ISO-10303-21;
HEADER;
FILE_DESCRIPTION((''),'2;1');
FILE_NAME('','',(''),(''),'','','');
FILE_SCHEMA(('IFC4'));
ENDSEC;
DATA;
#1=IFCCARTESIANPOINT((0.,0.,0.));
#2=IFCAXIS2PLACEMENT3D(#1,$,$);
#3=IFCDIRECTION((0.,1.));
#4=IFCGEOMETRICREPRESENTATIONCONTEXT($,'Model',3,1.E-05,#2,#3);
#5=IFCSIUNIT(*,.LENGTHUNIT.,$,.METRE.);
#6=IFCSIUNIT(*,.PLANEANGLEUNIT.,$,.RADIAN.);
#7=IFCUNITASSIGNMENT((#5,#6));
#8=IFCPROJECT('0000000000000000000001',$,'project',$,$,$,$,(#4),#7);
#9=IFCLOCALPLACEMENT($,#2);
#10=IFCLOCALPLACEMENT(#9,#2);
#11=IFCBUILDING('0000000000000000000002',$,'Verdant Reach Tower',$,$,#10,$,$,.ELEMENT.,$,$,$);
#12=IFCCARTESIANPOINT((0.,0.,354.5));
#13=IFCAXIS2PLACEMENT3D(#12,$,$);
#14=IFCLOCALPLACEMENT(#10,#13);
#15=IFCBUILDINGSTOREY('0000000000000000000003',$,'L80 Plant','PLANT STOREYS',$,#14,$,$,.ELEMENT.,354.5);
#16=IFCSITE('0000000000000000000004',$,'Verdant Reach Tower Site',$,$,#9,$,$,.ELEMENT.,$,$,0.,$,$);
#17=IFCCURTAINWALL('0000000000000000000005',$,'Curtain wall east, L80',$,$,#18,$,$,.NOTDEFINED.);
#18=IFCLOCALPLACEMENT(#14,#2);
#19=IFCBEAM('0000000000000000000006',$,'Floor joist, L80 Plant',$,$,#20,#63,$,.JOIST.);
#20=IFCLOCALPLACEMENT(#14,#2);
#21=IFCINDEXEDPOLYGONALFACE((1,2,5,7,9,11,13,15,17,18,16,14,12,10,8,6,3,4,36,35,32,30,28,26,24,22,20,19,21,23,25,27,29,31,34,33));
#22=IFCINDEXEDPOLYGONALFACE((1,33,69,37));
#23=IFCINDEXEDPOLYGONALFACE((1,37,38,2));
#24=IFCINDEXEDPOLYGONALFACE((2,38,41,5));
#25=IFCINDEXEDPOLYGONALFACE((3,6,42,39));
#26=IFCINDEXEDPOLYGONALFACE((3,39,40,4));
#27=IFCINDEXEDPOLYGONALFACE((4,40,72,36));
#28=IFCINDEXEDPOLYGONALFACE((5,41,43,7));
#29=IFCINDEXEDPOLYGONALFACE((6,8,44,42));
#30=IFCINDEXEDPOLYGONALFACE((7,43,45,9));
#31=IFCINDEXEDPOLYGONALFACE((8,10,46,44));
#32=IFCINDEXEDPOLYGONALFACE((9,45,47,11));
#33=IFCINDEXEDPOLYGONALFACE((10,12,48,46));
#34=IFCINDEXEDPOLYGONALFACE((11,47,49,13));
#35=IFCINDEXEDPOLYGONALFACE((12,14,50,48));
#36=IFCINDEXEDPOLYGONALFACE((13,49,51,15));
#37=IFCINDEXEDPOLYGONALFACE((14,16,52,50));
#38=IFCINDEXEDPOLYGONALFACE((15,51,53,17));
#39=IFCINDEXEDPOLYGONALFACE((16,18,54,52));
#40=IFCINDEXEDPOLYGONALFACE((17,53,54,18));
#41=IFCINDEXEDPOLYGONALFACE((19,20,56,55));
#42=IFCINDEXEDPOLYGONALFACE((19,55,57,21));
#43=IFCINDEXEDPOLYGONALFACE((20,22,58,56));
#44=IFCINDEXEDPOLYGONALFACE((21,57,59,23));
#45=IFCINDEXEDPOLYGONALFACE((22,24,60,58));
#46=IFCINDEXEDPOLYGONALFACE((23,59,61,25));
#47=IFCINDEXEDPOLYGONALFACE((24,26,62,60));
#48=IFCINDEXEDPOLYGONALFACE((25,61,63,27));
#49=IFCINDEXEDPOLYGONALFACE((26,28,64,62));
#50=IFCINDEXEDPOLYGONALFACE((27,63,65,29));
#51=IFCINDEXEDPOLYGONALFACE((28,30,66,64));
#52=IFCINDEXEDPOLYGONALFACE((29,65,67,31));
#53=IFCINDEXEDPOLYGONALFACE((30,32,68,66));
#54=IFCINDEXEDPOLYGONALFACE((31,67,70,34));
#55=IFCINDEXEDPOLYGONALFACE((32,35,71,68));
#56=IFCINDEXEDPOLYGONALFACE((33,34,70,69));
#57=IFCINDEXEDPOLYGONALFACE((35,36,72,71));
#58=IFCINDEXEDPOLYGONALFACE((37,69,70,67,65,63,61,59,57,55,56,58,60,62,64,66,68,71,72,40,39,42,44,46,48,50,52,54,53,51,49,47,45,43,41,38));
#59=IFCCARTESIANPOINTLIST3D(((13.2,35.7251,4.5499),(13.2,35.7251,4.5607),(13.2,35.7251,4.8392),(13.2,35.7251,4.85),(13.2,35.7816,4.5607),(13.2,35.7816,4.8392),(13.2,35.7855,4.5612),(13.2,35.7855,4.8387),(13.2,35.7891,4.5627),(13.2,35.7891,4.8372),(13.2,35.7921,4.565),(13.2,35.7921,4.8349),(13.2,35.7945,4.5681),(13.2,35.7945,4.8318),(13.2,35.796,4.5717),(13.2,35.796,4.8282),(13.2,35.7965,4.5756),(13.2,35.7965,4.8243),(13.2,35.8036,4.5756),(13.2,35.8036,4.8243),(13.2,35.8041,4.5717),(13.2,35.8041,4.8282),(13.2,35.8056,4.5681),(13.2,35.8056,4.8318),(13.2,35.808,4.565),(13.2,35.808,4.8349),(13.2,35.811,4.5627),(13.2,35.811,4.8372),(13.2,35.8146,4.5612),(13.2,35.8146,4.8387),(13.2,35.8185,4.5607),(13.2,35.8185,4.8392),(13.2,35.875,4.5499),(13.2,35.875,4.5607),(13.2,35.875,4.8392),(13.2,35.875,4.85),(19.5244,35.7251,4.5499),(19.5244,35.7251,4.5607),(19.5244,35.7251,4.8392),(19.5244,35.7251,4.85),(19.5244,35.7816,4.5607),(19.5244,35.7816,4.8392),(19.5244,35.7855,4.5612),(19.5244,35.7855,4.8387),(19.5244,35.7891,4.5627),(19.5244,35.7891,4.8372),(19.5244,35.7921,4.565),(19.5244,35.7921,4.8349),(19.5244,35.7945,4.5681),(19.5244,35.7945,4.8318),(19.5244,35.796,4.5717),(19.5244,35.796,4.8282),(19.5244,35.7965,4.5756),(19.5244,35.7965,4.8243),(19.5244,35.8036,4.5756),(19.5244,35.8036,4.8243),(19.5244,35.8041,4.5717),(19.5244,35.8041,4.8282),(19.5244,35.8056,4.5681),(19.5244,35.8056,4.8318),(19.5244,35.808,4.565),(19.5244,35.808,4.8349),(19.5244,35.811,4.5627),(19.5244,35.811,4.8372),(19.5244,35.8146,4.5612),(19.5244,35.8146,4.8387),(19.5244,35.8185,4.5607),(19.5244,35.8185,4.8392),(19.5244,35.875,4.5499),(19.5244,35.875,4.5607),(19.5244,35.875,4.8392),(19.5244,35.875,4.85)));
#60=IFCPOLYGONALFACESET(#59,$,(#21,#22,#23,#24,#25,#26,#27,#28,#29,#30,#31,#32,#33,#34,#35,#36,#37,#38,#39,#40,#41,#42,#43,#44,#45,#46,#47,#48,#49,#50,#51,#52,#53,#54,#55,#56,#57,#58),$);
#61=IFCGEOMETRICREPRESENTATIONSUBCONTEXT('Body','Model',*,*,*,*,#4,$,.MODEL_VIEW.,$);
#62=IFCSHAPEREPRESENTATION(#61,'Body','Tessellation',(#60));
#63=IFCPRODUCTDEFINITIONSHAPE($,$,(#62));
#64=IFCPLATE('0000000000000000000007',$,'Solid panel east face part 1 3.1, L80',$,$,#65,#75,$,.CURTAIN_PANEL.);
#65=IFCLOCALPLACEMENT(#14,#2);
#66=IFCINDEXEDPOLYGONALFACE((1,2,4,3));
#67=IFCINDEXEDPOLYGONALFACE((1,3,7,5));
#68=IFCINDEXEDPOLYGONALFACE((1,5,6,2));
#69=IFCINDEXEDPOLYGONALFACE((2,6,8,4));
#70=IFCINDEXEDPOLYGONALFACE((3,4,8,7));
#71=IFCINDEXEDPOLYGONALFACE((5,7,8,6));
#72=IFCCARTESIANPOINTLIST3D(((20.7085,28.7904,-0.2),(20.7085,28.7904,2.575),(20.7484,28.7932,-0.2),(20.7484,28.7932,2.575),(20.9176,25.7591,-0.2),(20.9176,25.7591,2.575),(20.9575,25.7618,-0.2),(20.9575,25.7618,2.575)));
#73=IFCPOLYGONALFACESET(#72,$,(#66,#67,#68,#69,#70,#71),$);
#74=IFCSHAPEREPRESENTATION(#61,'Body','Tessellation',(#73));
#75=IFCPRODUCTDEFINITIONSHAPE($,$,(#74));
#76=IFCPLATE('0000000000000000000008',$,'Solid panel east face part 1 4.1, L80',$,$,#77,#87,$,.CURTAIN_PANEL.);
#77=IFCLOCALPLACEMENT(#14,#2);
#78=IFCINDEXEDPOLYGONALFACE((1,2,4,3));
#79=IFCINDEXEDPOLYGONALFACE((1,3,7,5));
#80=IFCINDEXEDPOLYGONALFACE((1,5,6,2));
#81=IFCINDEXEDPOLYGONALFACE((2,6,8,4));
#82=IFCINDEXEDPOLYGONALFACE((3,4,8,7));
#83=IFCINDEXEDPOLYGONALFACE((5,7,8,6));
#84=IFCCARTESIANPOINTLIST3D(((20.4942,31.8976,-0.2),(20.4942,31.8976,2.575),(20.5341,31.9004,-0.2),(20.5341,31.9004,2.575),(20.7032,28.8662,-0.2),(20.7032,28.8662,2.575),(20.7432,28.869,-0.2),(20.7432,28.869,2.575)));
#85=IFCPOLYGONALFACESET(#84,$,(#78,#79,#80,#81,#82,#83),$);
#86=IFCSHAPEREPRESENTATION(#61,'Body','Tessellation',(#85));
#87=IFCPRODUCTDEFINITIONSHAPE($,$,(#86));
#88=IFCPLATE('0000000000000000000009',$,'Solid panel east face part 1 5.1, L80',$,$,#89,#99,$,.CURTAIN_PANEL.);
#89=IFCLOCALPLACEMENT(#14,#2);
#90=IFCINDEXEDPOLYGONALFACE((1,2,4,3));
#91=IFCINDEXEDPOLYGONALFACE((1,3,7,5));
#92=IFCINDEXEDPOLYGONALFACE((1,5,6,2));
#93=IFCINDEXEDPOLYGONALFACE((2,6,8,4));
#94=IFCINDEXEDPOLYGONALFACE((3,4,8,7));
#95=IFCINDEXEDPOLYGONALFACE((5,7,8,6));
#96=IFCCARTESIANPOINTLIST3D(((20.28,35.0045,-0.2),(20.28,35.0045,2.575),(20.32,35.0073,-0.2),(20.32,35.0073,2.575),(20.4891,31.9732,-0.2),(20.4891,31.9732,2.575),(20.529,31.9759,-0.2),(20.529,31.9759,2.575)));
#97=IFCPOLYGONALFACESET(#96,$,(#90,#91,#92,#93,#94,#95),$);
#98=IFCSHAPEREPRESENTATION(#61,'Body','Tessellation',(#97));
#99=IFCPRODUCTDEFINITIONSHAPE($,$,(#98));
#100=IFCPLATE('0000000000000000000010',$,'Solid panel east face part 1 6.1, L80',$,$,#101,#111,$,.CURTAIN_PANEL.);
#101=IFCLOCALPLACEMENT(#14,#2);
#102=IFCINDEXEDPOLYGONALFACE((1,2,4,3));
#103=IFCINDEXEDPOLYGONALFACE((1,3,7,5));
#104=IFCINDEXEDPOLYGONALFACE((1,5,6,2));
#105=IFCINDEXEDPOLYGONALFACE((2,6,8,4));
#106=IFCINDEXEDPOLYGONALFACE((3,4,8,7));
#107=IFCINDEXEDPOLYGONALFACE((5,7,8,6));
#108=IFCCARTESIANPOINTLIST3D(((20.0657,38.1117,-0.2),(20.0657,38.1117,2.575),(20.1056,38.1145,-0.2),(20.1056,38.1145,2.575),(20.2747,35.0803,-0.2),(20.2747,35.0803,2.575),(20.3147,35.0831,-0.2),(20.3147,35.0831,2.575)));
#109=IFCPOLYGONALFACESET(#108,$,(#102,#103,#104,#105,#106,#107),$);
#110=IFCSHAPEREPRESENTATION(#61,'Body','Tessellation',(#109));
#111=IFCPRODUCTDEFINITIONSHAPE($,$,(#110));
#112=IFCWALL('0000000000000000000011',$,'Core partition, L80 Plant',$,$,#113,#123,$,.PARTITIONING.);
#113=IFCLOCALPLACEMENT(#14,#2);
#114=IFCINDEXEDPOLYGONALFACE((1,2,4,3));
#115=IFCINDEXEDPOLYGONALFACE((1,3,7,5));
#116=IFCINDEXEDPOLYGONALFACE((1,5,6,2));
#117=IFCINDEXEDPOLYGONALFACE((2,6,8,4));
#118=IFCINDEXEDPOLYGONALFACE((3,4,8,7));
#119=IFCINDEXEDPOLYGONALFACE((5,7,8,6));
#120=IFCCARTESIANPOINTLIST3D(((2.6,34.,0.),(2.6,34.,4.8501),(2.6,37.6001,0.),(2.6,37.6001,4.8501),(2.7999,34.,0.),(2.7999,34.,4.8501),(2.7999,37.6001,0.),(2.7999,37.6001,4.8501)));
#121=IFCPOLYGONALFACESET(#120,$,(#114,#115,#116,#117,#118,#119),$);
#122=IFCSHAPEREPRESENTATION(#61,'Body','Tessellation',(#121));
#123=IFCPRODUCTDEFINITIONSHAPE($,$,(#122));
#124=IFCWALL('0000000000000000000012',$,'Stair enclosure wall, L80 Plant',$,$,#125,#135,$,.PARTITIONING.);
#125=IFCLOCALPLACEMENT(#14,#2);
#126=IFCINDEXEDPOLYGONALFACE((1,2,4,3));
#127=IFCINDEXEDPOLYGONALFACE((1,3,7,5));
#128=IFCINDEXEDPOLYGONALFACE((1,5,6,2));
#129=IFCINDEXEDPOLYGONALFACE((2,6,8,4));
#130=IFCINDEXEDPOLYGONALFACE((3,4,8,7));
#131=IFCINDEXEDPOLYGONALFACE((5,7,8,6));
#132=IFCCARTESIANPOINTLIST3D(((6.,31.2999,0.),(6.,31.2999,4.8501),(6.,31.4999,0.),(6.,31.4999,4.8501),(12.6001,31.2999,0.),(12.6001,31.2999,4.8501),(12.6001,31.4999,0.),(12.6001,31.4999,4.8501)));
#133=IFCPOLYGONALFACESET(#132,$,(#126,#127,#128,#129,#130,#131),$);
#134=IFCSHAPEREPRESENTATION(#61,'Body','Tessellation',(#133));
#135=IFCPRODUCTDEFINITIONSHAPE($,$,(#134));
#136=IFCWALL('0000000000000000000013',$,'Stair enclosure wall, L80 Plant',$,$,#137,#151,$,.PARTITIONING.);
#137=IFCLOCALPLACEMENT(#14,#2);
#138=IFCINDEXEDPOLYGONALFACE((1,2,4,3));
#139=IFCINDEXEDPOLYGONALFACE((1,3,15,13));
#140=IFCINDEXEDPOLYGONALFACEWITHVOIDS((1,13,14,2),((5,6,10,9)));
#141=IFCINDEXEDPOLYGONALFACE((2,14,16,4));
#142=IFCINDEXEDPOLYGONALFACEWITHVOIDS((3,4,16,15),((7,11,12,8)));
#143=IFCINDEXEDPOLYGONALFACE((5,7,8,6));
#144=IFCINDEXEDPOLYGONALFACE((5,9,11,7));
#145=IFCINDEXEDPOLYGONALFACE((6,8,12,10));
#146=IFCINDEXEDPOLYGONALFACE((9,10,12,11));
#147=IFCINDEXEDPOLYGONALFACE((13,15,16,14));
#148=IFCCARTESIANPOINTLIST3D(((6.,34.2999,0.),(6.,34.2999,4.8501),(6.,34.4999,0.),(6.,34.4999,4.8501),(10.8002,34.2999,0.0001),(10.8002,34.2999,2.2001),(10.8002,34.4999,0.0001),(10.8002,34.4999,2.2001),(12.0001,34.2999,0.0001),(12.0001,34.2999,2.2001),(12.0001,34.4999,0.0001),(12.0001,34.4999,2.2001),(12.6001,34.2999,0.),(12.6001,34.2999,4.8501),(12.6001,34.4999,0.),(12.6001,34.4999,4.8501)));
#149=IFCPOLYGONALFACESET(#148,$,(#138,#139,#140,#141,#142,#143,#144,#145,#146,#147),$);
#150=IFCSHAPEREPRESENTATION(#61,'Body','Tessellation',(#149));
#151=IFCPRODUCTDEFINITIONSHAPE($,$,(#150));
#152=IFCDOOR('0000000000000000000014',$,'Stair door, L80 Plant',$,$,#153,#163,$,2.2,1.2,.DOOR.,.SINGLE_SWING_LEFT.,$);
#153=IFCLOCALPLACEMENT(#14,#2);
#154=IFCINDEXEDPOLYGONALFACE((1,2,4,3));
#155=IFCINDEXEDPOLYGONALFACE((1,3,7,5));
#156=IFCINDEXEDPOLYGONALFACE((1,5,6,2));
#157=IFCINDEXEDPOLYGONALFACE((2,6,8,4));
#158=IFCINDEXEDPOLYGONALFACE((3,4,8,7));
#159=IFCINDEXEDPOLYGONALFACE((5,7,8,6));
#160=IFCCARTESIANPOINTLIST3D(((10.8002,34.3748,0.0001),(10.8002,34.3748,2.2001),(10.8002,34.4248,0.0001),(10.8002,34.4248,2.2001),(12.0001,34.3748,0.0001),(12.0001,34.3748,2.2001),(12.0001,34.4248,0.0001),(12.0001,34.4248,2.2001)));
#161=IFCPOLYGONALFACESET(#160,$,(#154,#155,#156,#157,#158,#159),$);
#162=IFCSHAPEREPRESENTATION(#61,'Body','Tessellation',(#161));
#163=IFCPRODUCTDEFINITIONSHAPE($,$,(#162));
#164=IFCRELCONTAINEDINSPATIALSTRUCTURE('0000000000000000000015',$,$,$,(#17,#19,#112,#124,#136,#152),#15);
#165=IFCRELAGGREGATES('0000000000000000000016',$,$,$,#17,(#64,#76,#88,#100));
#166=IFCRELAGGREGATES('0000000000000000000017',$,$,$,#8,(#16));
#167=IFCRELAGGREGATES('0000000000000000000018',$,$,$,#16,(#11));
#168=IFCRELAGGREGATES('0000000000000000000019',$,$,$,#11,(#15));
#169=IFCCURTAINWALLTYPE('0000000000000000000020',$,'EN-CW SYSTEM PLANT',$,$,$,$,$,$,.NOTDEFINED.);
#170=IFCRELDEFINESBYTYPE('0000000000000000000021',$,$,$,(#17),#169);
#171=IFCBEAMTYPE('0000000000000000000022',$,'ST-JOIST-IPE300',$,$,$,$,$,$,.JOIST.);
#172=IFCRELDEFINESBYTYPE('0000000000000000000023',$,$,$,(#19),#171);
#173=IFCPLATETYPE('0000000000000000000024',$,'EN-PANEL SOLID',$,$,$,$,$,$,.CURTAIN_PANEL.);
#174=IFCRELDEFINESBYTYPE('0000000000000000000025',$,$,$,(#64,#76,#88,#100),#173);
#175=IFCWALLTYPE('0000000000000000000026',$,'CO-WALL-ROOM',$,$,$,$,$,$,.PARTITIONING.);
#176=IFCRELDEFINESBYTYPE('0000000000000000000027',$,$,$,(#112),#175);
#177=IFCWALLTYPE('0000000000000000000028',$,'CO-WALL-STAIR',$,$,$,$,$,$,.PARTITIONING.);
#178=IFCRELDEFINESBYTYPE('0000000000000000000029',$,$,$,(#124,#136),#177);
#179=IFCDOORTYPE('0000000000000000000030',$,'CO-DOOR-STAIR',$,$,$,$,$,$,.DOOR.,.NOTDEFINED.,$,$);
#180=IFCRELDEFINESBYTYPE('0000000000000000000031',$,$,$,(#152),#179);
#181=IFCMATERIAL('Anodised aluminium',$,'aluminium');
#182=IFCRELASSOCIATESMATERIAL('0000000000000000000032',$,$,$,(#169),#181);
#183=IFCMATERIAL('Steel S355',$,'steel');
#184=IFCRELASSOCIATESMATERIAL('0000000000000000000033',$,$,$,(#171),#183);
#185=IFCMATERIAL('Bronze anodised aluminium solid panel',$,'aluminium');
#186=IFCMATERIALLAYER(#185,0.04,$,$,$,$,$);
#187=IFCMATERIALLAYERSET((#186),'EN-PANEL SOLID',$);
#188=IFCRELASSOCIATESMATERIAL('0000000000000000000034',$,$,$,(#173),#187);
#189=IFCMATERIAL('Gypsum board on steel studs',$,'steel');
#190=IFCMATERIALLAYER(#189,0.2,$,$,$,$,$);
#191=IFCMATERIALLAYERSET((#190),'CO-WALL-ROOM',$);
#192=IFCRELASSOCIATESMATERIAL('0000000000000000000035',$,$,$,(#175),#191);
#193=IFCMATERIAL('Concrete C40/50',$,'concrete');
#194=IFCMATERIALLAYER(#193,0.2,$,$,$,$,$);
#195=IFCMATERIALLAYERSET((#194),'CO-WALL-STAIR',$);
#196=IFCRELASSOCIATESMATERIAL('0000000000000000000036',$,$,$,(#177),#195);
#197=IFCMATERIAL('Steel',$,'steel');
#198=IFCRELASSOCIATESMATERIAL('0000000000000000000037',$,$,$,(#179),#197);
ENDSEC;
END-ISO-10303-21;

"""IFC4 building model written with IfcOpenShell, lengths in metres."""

from ifc_helpers import new_model, si_unit, direction, frame, frame_2d, origin, origin_2d, place, context, subcontext, project, spatial, rectangle, i_section, extrude, material, layer, layer_set, material_profile, profile_set, type_object, element, fill, aggregate, save


model = new_model("IFC4")

# Units and contexts
model_context = context("Model", 3, precision=1e-05, world=origin(), true_north=direction((0.0, 1.0)))
body_context = subcontext(model_context, "Body", "Model", "MODEL_VIEW")
ifc_project = project(units=[si_unit("LENGTHUNIT", "METRE"), si_unit("PLANEANGLEUNIT", "RADIAN")], contexts=[model_context])

# Site, building, storey
site_placement = place(None, origin())
site = spatial("IfcSite", under=ifc_project, at=site_placement, Name="Verdant Reach Tower Site", CompositionType="ELEMENT", RefElevation=0.0)
building_placement = place(site_placement, origin())
building = spatial("IfcBuilding", under=site, at=building_placement, Name="Verdant Reach Tower", CompositionType="ELEMENT")
storey_placement = place(building_placement, frame((0.0, 0.0, 354.5)))
storey = spatial("IfcBuildingStorey", under=building, at=storey_placement, Name="L80 Plant", Description="PLANT STOREYS", CompositionType="ELEMENT", Elevation=354.5)

# Curtain wall
ifc_material_1 = material(Name="Anodised aluminium", Category="aluminium")
curtain_wall_type = type_object("IfcCurtainWallType", Name="EN-CW SYSTEM PLANT", PredefinedType="NOTDEFINED", material=ifc_material_1)
curtain_wall_placement = place(storey_placement, origin())
curtain_wall = element("IfcCurtainWall", 1, at=curtain_wall_placement, inside=storey, type_object=curtain_wall_type, Name="Curtain wall east, L80", PredefinedType="NOTDEFINED")

# Beam
ifc_material_2 = material(Name="Steel S355", Category="steel")
ifc_material_profile_1 = material_profile(ifc_material_2, i_section(OverallWidth=0.1499, OverallDepth=0.3, WebThickness=0.0071, FlangeThickness=0.0107, FilletRadius=0.0149, at=origin_2d()), Name="IPE 300")
ifc_profile_set_1 = profile_set([ifc_material_profile_1], Name="Steel S355")
beam_type = type_object("IfcBeamType", Name="ST-JOIST-IPE300", PredefinedType="JOIST", material=ifc_profile_set_1)
beam_1_placement = place(storey_placement, frame((13.2, 35.8, 4.7), z_axis=(1.0, 0.0, 0.0), x_axis=(0.0, 1.0, 0.0)))
element("IfcBeam", 2, at=beam_1_placement, inside=storey, type_object=beam_type, Name="Floor joist, L80 Plant", PredefinedType="JOIST", context=body_context, shape_type="SweptSolid", body=[
    extrude(i_section(OverallWidth=0.1499, OverallDepth=0.3, WebThickness=0.0071, FlangeThickness=0.0107, FilletRadius=0.0149, at=origin_2d()), origin(), (0.0, 0.0, 1.0), 6.3245),
])

# Plates
ifc_material_3 = material(Name="Bronze anodised aluminium solid panel", Category="aluminium")
ifc_layer_1 = layer(ifc_material_3, 0.04)
ifc_layer_set_1 = layer_set([ifc_layer_1], Name="EN-PANEL SOLID")
plate_type = type_object("IfcPlateType", Name="EN-PANEL SOLID", PredefinedType="CURTAIN_PANEL", material=ifc_layer_set_1)
plate_1_placement = place(storey_placement, frame((20.833, 27.2761, -0.2), z_axis=(0.0, 0.0, 1.0), x_axis=(-0.068802, 0.99763, 0.0)))
plate_1 = element("IfcPlate", 3, at=plate_1_placement, type_object=plate_type, Name="Solid panel east face part 1 3.1, L80", PredefinedType="CURTAIN_PANEL", context=body_context, shape_type="SweptSolid", body=[
    extrude(rectangle(XDim=3.0386, YDim=0.04, at=origin_2d()), origin(), (0.0, 0.0, 1.0), 2.7749),
])
plate_2_placement = place(storey_placement, frame((20.6187, 30.3833, -0.2), z_axis=(0.0, 0.0, 1.0), x_axis=(-0.068802, 0.99763, 0.0)))
plate_2 = element("IfcPlate", 4, at=plate_2_placement, type_object=plate_type, Name="Solid panel east face part 1 4.1, L80", PredefinedType="CURTAIN_PANEL", context=body_context, shape_type="SweptSolid", body=[
    extrude(rectangle(XDim=3.0386, YDim=0.04, at=origin_2d()), origin(), (0.0, 0.0, 1.0), 2.7749),
])
plate_3_placement = place(storey_placement, frame((20.4045, 33.4902, -0.2), z_axis=(0.0, 0.0, 1.0), x_axis=(-0.068802, 0.99763, 0.0)))
plate_3 = element("IfcPlate", 5, at=plate_3_placement, type_object=plate_type, Name="Solid panel east face part 1 5.1, L80", PredefinedType="CURTAIN_PANEL", context=body_context, shape_type="SweptSolid", body=[
    extrude(rectangle(XDim=3.0386, YDim=0.04, at=origin_2d()), origin(), (0.0, 0.0, 1.0), 2.7749),
])
plate_4_placement = place(storey_placement, frame((20.1902, 36.5974, -0.2), z_axis=(0.0, 0.0, 1.0), x_axis=(-0.068802, 0.99763, 0.0)))
plate_4 = element("IfcPlate", 6, at=plate_4_placement, type_object=plate_type, Name="Solid panel east face part 1 6.1, L80", PredefinedType="CURTAIN_PANEL", context=body_context, shape_type="SweptSolid", body=[
    extrude(rectangle(XDim=3.0386, YDim=0.04, at=origin_2d()), origin(), (0.0, 0.0, 1.0), 2.7749),
])

# Walls
ifc_material_4 = material(Name="Gypsum board on steel studs", Category="steel")
ifc_layer_2 = layer(ifc_material_4, 0.2)
ifc_layer_set_2 = layer_set([ifc_layer_2], Name="CO-WALL-ROOM")
wall_type_1 = type_object("IfcWallType", Name="CO-WALL-ROOM", PredefinedType="PARTITIONING", material=ifc_layer_set_2)
wall_1_placement = place(storey_placement, frame((2.7, 34.0, 0.0), z_axis=(0.0, 0.0, 1.0), x_axis=(0.0, 1.0, 0.0)))
element("IfcWall", 7, at=wall_1_placement, inside=storey, type_object=wall_type_1, Name="Core partition, L80 Plant", PredefinedType="PARTITIONING", context=body_context, shape_type="SweptSolid", body=[
    extrude(rectangle(XDim=3.6001, YDim=0.2, at=frame_2d((1.8, 0.0))), origin(), (0.0, 0.0, 1.0), 4.8501),
])
ifc_material_5 = material(Name="Concrete C40/50", Category="concrete")
ifc_layer_3 = layer(ifc_material_5, 0.2)
ifc_layer_set_3 = layer_set([ifc_layer_3], Name="CO-WALL-STAIR")
wall_type_2 = type_object("IfcWallType", Name="CO-WALL-STAIR", PredefinedType="PARTITIONING", material=ifc_layer_set_3)
wall_2_placement = place(storey_placement, frame((6.0, 31.3999, 0.0), z_axis=(0.0, 0.0, 1.0), x_axis=(1.0, 0.0, 0.0)))
element("IfcWall", 8, at=wall_2_placement, inside=storey, type_object=wall_type_2, Name="Stair enclosure wall, L80 Plant", PredefinedType="PARTITIONING", context=body_context, shape_type="SweptSolid", body=[
    extrude(rectangle(XDim=6.6001, YDim=0.2, at=frame_2d((3.3, 0.0))), origin(), (0.0, 0.0, 1.0), 4.8501),
])

# Wall, opening, door
wall_3_placement = place(storey_placement, frame((6.0, 34.3999, 0.0), z_axis=(0.0, 0.0, 1.0), x_axis=(1.0, 0.0, 0.0)))
wall_3 = element("IfcWall", 9, at=wall_3_placement, inside=storey, type_object=wall_type_2, Name="Stair enclosure wall, L80 Plant", PredefinedType="PARTITIONING", context=body_context, shape_type="SweptSolid", body=[
    extrude(rectangle(XDim=6.6001, YDim=0.2, at=frame_2d((3.3, 0.0))), origin(), (0.0, 0.0, 1.0), 4.8501),
])
opening_1_placement = place(wall_3_placement, frame((4.8, 0.0, 0.0)))
opening_1 = element("IfcOpeningElement", 10, at=opening_1_placement, cuts=wall_3, PredefinedType="OPENING", context=body_context, shape_type="SweptSolid", body=[
    extrude(rectangle(XDim=1.2, YDim=2.2, at=frame_2d((0.6001, 1.1001))), frame((0.0, 0.1099, 0.0), z_axis=(0.0, -1.0, 0.0), x_axis=(1.0, 0.0, 0.0)), (0.0, 0.0, 1.0), 0.22),
])
ifc_material_6 = material(Name="Steel", Category="steel")
door_type_1 = type_object("IfcDoorType", Name="CO-DOOR-STAIR", OperationType="NOTDEFINED", PredefinedType="DOOR", material=ifc_material_6)
door_1_placement = place(opening_1_placement, origin())
door_1 = element("IfcDoor", 11, at=door_1_placement, inside=storey, type_object=door_type_1, Name="Stair door, L80 Plant", OperationType="SINGLE_SWING_LEFT", OverallHeight=2.2, OverallWidth=1.2, PredefinedType="DOOR", context=body_context, shape_type="SweptSolid", body=[
    extrude(rectangle(XDim=1.2, YDim=2.2, at=frame_2d((0.6001, 1.1001))), frame((0.0, 0.0249, 0.0), z_axis=(0.0, -1.0, 0.0), x_axis=(1.0, 0.0, 0.0)), (0.0, 0.0, 1.0), 0.05),
])
fill(opening_1, door_1)

aggregate(curtain_wall, [plate_1, plate_2, plate_3, plate_4])

save(model, "model.ifc")
